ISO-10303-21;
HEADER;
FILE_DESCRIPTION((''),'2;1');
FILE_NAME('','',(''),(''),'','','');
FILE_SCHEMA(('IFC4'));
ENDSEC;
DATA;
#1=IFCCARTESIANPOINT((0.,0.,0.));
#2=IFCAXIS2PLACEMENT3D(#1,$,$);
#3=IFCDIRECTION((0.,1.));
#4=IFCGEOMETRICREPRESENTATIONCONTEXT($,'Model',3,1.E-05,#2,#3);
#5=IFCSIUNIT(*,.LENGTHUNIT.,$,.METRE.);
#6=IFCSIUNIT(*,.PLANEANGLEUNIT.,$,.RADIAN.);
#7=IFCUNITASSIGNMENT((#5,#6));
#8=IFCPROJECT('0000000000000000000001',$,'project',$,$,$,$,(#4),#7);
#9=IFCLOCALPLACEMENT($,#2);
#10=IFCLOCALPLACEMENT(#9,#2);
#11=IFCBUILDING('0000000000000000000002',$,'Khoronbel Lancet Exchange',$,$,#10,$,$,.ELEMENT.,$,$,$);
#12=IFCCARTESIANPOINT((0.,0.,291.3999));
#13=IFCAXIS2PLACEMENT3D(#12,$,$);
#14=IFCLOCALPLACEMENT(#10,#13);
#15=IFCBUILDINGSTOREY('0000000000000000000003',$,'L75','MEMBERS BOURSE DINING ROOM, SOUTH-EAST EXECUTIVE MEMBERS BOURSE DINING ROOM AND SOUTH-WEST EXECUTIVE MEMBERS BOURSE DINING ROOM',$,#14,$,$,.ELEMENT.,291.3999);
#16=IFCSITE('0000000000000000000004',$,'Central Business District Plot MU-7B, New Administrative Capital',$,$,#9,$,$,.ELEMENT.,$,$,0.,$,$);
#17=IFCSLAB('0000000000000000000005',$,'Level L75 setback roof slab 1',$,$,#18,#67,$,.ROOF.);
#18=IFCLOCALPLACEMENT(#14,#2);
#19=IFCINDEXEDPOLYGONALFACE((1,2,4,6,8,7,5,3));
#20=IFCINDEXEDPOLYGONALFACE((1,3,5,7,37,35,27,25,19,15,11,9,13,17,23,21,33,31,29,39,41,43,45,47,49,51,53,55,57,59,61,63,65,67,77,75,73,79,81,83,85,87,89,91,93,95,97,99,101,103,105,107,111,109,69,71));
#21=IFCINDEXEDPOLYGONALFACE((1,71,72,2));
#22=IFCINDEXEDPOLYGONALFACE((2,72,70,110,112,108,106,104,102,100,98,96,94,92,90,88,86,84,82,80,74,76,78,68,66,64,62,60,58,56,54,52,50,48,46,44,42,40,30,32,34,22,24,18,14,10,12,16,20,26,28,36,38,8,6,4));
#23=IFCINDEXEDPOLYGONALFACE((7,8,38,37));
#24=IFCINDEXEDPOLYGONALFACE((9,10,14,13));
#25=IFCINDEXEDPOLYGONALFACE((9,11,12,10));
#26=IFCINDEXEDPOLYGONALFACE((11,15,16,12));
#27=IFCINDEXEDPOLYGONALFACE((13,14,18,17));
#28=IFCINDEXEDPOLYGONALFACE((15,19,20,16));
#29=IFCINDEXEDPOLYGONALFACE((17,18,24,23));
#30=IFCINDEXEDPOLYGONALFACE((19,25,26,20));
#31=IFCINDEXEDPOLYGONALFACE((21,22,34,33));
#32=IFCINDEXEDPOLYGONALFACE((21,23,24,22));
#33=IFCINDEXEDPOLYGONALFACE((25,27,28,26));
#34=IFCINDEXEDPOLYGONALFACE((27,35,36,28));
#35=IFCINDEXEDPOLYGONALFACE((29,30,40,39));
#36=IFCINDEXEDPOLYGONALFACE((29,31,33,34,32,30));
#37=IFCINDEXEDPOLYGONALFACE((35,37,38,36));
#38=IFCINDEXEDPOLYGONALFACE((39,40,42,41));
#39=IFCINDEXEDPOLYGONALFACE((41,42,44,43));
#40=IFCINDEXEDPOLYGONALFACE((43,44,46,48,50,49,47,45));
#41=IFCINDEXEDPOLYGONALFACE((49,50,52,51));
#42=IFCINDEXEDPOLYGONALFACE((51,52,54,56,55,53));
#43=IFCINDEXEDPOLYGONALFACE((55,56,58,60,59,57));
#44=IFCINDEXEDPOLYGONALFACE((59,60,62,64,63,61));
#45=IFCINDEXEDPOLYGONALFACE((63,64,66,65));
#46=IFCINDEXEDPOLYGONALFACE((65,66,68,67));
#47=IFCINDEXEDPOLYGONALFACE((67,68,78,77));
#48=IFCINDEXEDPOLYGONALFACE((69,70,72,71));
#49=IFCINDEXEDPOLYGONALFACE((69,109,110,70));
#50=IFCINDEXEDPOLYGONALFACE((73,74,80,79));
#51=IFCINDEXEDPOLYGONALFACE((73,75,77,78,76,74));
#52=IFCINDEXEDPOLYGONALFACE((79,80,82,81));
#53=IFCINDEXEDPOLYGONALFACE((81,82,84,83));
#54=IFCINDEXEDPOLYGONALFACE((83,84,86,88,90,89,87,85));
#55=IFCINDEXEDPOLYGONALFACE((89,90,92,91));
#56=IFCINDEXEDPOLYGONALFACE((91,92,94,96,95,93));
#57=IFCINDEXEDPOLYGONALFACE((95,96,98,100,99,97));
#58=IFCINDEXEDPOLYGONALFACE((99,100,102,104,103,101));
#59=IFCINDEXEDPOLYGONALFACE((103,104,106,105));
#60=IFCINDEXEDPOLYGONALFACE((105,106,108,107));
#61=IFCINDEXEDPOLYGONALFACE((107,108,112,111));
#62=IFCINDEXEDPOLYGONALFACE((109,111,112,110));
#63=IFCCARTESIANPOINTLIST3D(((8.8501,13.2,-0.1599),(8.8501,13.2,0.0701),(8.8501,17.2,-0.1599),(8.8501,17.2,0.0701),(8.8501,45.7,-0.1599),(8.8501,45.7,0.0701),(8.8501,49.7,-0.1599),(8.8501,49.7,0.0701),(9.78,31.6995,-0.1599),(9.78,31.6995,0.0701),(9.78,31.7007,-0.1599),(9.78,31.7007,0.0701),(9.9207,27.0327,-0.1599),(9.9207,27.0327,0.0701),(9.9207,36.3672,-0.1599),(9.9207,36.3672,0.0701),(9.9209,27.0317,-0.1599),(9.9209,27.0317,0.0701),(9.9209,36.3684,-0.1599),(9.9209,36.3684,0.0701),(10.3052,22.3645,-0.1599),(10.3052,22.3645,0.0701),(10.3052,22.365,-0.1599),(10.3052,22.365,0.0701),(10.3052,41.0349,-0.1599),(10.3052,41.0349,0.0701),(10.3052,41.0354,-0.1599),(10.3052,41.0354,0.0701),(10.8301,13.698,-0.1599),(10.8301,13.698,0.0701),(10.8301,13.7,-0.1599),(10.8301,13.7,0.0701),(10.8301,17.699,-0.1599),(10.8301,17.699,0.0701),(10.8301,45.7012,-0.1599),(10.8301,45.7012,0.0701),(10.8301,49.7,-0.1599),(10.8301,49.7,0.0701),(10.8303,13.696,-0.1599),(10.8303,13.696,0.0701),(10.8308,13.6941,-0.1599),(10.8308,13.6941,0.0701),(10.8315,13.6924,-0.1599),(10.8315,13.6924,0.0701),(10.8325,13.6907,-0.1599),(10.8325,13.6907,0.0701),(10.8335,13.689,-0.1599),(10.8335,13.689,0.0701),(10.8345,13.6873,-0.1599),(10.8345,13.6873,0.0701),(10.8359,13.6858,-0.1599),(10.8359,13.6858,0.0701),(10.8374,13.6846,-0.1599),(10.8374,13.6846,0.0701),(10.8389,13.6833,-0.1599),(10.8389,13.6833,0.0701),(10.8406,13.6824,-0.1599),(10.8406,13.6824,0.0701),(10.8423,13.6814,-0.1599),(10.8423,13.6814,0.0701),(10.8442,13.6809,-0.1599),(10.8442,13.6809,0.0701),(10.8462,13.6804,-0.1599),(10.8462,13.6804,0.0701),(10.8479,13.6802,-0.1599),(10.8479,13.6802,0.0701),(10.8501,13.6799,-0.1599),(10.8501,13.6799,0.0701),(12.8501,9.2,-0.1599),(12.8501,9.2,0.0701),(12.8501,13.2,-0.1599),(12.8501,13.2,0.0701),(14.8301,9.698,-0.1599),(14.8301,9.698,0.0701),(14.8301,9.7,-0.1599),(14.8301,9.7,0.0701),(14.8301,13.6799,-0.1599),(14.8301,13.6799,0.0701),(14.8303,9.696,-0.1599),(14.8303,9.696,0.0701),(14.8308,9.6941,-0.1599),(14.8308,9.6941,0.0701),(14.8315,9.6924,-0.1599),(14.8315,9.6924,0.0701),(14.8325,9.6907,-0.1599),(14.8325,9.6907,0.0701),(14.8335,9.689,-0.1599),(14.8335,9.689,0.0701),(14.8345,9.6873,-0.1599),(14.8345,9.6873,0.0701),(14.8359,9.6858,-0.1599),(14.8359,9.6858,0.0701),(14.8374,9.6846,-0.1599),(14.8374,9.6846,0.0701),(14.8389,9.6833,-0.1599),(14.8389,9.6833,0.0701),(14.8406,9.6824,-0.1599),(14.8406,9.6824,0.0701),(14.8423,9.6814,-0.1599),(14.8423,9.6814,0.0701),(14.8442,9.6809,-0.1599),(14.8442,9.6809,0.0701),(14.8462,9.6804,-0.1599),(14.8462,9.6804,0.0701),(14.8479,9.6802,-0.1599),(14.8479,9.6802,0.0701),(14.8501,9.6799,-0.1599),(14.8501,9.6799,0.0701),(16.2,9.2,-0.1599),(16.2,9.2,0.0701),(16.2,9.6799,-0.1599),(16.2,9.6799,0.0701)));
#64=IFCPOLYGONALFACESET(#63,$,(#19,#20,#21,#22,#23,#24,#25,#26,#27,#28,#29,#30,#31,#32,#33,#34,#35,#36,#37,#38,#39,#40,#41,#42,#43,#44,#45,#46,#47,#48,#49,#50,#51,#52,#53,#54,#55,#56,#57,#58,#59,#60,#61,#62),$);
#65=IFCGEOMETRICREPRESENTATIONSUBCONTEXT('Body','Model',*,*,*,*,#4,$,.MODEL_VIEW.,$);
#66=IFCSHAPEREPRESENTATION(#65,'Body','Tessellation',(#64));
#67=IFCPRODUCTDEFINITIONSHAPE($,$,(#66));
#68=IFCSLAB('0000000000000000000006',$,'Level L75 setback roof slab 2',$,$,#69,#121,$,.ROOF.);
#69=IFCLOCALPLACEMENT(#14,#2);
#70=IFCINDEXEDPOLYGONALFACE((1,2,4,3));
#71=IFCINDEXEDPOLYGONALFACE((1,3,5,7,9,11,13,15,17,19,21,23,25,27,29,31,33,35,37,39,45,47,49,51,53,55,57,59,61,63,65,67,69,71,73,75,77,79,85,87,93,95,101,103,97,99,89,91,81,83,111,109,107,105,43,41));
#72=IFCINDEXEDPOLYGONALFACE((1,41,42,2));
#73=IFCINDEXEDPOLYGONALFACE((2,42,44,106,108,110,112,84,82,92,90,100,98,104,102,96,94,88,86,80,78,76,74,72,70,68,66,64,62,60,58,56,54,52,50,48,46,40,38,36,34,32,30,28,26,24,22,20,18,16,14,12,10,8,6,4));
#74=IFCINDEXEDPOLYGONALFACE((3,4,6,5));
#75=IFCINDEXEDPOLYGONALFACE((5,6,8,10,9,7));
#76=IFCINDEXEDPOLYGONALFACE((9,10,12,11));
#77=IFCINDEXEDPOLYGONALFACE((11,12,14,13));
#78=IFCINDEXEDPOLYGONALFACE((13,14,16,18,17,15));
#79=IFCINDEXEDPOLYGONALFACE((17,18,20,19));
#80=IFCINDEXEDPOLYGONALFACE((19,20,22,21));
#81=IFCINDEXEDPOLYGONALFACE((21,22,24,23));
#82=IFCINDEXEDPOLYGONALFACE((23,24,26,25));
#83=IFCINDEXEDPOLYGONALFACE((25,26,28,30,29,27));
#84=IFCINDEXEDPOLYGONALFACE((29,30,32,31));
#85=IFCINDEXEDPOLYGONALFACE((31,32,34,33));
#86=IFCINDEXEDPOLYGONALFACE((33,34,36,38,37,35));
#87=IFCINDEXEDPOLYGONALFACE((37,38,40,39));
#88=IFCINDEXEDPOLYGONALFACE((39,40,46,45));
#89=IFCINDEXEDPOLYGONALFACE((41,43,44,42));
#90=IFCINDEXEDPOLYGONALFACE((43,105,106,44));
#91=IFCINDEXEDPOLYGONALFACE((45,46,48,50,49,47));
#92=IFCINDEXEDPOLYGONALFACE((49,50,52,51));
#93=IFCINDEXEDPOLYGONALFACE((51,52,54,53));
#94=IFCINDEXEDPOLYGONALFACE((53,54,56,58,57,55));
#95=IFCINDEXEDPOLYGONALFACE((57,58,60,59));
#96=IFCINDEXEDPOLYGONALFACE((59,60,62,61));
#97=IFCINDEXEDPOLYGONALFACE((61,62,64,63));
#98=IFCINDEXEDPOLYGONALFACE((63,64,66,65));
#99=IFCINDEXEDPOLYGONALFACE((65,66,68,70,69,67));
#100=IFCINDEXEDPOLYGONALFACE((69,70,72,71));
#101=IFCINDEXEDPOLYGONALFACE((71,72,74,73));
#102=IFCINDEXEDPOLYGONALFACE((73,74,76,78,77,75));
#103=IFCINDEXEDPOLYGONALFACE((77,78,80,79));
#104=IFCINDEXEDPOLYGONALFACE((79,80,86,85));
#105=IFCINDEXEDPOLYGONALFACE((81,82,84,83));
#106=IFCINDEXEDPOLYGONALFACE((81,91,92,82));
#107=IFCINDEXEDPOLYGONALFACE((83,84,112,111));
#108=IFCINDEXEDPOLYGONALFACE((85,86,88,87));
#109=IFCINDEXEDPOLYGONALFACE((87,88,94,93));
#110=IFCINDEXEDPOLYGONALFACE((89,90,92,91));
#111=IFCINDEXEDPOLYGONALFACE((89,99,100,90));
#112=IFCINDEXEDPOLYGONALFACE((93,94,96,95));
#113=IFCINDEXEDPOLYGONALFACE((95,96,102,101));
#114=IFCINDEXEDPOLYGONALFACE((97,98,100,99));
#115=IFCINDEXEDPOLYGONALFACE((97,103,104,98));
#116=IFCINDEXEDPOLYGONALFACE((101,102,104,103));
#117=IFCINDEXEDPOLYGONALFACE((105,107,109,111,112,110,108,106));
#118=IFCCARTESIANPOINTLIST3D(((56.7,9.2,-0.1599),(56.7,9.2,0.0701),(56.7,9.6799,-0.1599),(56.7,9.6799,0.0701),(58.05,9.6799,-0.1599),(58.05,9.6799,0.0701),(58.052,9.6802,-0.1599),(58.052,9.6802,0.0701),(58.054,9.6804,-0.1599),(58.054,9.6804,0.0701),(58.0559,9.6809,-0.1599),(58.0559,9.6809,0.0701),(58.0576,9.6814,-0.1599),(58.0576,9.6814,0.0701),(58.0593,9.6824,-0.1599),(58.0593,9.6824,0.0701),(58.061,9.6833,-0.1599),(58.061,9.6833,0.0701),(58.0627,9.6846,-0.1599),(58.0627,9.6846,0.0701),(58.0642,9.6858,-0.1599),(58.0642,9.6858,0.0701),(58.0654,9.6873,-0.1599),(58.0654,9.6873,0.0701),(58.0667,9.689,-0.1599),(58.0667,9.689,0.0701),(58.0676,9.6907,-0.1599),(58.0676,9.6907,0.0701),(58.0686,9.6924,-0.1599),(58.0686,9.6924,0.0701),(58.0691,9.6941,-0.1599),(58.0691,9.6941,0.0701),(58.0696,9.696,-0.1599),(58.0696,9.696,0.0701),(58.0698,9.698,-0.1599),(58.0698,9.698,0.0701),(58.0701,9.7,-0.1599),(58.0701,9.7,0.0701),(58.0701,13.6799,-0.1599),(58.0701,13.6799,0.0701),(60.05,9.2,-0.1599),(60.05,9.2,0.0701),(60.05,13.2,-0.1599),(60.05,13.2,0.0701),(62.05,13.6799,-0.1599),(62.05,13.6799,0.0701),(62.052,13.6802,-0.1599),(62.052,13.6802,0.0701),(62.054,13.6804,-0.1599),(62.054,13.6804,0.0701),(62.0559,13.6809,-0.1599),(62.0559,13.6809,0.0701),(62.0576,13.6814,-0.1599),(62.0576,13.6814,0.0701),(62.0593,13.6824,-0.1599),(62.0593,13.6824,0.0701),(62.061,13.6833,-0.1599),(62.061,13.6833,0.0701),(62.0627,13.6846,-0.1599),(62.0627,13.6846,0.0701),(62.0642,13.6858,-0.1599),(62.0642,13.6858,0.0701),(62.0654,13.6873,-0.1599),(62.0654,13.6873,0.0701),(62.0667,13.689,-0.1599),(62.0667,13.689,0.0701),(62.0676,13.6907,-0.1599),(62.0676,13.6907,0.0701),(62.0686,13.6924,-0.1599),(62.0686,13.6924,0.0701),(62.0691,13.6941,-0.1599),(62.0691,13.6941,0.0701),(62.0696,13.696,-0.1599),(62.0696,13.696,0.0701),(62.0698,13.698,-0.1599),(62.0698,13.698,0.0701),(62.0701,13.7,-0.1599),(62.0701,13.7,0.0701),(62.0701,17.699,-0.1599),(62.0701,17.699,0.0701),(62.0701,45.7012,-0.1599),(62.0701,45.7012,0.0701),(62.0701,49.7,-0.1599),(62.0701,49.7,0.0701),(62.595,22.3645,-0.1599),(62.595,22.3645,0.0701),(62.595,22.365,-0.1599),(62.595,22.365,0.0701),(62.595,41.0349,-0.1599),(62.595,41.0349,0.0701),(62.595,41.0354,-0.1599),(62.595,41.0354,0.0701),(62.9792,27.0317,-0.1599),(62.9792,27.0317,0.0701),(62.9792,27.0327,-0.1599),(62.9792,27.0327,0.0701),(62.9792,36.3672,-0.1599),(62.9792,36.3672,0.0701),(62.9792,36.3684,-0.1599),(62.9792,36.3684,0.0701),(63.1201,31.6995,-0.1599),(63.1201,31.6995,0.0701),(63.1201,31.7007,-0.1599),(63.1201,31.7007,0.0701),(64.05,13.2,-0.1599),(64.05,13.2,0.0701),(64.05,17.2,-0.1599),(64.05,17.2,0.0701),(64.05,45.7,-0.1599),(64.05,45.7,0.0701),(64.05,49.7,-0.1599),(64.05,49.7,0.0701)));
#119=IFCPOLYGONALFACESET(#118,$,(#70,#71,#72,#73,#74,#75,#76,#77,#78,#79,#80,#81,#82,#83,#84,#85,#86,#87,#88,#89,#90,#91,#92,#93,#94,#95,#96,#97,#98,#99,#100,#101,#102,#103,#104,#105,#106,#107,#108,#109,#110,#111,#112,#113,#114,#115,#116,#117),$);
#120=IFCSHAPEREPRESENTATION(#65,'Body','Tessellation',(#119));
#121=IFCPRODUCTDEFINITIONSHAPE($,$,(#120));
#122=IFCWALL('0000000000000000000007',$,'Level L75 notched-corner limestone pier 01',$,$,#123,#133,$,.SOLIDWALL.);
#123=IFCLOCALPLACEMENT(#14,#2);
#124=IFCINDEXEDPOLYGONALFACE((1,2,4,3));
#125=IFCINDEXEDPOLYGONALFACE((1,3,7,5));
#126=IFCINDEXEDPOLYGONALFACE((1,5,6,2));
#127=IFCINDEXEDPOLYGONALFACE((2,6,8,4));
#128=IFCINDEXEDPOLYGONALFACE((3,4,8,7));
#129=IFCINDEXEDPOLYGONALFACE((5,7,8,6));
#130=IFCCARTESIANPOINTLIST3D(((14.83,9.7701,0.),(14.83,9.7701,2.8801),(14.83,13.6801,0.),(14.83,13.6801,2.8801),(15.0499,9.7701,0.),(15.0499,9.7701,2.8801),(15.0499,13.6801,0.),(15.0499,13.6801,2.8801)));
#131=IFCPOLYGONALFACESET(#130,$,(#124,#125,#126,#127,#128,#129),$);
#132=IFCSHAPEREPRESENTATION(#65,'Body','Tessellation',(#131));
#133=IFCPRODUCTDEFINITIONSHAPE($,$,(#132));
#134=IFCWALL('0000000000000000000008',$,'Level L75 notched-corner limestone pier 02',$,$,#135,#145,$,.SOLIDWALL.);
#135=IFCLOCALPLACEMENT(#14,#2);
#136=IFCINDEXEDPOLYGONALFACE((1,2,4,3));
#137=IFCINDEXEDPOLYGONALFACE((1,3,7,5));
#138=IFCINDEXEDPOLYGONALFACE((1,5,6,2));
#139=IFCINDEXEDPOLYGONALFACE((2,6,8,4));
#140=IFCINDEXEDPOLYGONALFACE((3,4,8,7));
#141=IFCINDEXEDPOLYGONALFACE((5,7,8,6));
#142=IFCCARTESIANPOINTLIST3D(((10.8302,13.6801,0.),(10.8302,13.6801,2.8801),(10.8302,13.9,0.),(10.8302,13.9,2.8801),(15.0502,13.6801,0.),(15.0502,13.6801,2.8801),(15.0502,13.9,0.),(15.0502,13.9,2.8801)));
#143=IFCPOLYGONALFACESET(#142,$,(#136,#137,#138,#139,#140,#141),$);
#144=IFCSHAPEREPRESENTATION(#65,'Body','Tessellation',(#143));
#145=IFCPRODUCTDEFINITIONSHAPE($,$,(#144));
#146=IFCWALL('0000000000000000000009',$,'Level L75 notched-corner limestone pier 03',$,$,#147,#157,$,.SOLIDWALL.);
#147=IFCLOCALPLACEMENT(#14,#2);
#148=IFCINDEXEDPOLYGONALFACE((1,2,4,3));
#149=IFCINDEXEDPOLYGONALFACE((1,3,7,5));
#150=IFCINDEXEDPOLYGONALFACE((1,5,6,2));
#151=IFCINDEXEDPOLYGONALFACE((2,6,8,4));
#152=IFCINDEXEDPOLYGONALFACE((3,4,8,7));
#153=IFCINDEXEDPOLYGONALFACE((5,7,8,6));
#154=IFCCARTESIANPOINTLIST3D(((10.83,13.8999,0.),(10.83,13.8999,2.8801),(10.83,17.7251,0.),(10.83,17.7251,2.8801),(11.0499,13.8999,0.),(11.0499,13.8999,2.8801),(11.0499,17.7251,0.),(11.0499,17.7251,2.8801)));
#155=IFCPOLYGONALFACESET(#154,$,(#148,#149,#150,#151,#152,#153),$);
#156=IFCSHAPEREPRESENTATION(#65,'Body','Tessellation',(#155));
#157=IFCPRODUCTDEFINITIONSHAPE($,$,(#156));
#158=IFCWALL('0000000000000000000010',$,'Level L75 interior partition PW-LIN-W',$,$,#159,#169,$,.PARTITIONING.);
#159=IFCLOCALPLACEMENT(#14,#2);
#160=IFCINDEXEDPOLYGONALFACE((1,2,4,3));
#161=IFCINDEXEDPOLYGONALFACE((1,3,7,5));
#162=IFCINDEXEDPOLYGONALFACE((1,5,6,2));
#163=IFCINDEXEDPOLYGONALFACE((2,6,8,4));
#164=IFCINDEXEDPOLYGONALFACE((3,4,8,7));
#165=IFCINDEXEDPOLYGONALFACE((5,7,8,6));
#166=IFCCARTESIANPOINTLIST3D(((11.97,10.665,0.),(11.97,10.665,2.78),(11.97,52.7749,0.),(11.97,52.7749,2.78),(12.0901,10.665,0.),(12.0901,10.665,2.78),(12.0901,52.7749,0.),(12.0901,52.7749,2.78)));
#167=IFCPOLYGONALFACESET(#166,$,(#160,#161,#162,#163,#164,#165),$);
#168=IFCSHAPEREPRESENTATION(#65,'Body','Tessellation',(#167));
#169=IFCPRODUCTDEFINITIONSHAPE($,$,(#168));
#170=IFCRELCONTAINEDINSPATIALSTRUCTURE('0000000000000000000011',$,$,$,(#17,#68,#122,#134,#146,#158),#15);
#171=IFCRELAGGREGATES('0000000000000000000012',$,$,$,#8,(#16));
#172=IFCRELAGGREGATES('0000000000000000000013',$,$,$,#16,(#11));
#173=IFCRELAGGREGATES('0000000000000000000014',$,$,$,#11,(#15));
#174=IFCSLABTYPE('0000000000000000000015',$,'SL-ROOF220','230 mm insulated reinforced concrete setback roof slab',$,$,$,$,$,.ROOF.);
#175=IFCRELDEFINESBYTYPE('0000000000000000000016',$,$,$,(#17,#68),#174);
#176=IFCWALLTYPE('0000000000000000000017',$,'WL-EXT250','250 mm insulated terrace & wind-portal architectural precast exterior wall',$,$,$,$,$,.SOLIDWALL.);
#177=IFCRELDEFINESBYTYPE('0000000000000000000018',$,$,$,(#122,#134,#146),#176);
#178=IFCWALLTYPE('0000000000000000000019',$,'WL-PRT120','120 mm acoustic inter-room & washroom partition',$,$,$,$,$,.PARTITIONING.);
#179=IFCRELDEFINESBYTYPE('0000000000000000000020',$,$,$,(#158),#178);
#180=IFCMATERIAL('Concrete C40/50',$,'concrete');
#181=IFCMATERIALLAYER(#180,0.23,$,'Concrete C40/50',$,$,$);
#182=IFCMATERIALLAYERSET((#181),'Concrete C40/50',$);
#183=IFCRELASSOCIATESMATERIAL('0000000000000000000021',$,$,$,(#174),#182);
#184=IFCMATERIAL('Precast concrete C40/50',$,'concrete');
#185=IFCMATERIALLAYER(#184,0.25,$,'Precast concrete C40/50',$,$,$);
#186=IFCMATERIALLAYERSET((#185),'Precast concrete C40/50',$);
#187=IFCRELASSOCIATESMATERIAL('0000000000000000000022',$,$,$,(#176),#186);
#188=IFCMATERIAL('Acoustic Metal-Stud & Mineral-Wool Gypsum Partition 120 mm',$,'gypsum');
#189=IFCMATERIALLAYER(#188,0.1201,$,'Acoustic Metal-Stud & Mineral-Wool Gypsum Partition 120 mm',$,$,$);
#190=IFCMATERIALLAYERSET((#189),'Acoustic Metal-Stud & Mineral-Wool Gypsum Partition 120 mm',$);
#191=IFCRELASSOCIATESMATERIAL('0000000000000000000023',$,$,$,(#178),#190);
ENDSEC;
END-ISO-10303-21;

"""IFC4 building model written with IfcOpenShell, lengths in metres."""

from ifc_helpers import new_model, si_unit, direction, frame, frame_2d, origin, place, context, subcontext, project, spatial, polyline, rectangle, outline, extrude, material, layer, layer_set, type_object, element, save


model = new_model("IFC4")

# Units and contexts
model_context = context("Model", 3, precision=1e-05, world=origin(), true_north=direction((0.0, 1.0)))
body_context = subcontext(model_context, "Body", "Model", "MODEL_VIEW")
ifc_project = project(units=[si_unit("LENGTHUNIT", "METRE"), si_unit("PLANEANGLEUNIT", "RADIAN")], contexts=[model_context])

# Site, building, storey
site_placement = place(None, origin())
site = spatial("IfcSite", under=ifc_project, at=site_placement, Name="Central Business District Plot MU-7B, New Administrative Capital", CompositionType="ELEMENT", RefElevation=0.0)
building_placement = place(site_placement, origin())
building = spatial("IfcBuilding", under=site, at=building_placement, Name="Khoronbel Lancet Exchange", CompositionType="ELEMENT")
storey_placement = place(building_placement, frame((0.0, 0.0, 291.3999)))
storey = spatial("IfcBuildingStorey", under=building, at=storey_placement, Name="L75", Description="MEMBERS BOURSE DINING ROOM, SOUTH-EAST EXECUTIVE MEMBERS BOURSE DINING ROOM AND SOUTH-WEST EXECUTIVE MEMBERS BOURSE DINING ROOM", CompositionType="ELEMENT", Elevation=291.3999)

# Shared definitions
ifc_material_1 = material(Name="Concrete C40/50", Category="concrete")

# Slabs
ifc_layer_1 = layer(ifc_material_1, 0.23, Name="Concrete C40/50")
ifc_layer_set_1 = layer_set([ifc_layer_1], Name="Concrete C40/50")
slab_type_1 = type_object("IfcSlabType", Name="SL-ROOF220", Description="230 mm insulated reinforced concrete setback roof slab", PredefinedType="ROOF", material=ifc_layer_set_1)
slab_1_placement = place(storey_placement, frame((0.0, 0.0, -0.1599)))
element("IfcSlab", 1, at=slab_1_placement, inside=storey, type_object=slab_type_1, Name="Level L75 setback roof slab 1", PredefinedType="ROOF", context=body_context, shape_type="SweptSolid", body=[
    extrude(outline(polyline([(12.8501, 9.2), (12.8501, 13.2), (8.8501, 13.2), (8.8501, 17.2), (8.8501, 45.7), (8.8501, 49.7), (10.8301, 49.7), (10.8301, 45.7012), (10.3052, 41.0354), (10.3052, 41.0349), (9.9209, 36.3684), (9.9207, 36.3672), (9.78, 31.7007), (9.78, 31.6995), (9.9207, 27.0327), (9.9209, 27.0317), (10.3052, 22.365), (10.3052, 22.3645), (10.8301, 17.699), (10.8301, 13.7), (10.8301, 13.698), (10.8303, 13.696), (10.8308, 13.6941), (10.8315, 13.6924), (10.8325, 13.6907), (10.8335, 13.689), (10.8345, 13.6873), (10.8359, 13.6858), (10.8374, 13.6846), (10.8389, 13.6833), (10.8406, 13.6824), (10.8423, 13.6814), (10.8442, 13.6809), (10.8462, 13.6804), (10.8479, 13.6802), (10.8501, 13.6799), (14.8301, 13.6799), (14.8301, 9.7), (14.8301, 9.698), (14.8303, 9.696), (14.8308, 9.6941), (14.8315, 9.6924), (14.8325, 9.6907), (14.8335, 9.689), (14.8345, 9.6873), (14.8359, 9.6858), (14.8374, 9.6846), (14.8389, 9.6833), (14.8406, 9.6824), (14.8423, 9.6814), (14.8442, 9.6809), (14.8462, 9.6804), (14.8479, 9.6802), (14.8501, 9.6799), (16.2, 9.6799), (16.2, 9.2), (12.8501, 9.2)])), origin(), (0.0, 0.0, 1.0), 0.23),
])
slab_2_placement = place(storey_placement, frame((0.0, 0.0, -0.1599)))
element("IfcSlab", 2, at=slab_2_placement, inside=storey, type_object=slab_type_1, Name="Level L75 setback roof slab 2", PredefinedType="ROOF", context=body_context, shape_type="SweptSolid", body=[
    extrude(outline(polyline([(64.05, 45.7), (64.05, 17.2), (64.05, 13.2), (60.05, 13.2), (60.05, 9.2), (56.7, 9.2), (56.7, 9.6799), (58.05, 9.6799), (58.052, 9.6802), (58.054, 9.6804), (58.0559, 9.6809), (58.0576, 9.6814), (58.0593, 9.6824), (58.061, 9.6833), (58.0627, 9.6846), (58.0642, 9.6858), (58.0654, 9.6873), (58.0667, 9.689), (58.0676, 9.6907), (58.0686, 9.6924), (58.0691, 9.6941), (58.0696, 9.696), (58.0698, 9.698), (58.0701, 9.7), (58.0701, 13.6799), (62.05, 13.6799), (62.052, 13.6802), (62.054, 13.6804), (62.0559, 13.6809), (62.0576, 13.6814), (62.0593, 13.6824), (62.061, 13.6833), (62.0627, 13.6846), (62.0642, 13.6858), (62.0654, 13.6873), (62.0667, 13.689), (62.0676, 13.6907), (62.0686, 13.6924), (62.0691, 13.6941), (62.0696, 13.696), (62.0698, 13.698), (62.0701, 13.7), (62.0701, 17.699), (62.595, 22.3645), (62.595, 22.365), (62.9792, 27.0317), (62.9792, 27.0327), (63.1201, 31.6995), (63.1201, 31.7007), (62.9792, 36.3672), (62.9792, 36.3684), (62.595, 41.0349), (62.595, 41.0354), (62.0701, 45.7012), (62.0701, 49.7), (64.05, 49.7), (64.05, 45.7)])), origin(), (0.0, 0.0, 1.0), 0.23),
])

# Walls
ifc_material_2 = material(Name="Precast concrete C40/50", Category="concrete")
ifc_layer_2 = layer(ifc_material_2, 0.25, Name="Precast concrete C40/50")
ifc_layer_set_2 = layer_set([ifc_layer_2], Name="Precast concrete C40/50")
wall_type_1 = type_object("IfcWallType", Name="WL-EXT250", Description="250 mm insulated terrace & wind-portal architectural precast exterior wall", PredefinedType="SOLIDWALL", material=ifc_layer_set_2)
wall_1_placement = place(storey_placement, frame((14.9399, 9.77, 0.0), z_axis=(0.0, 0.0, 1.0), x_axis=(0.0, 1.0, 0.0)))
element("IfcWall", 3, at=wall_1_placement, inside=storey, type_object=wall_type_1, Name="Level L75 notched-corner limestone pier 01", PredefinedType="SOLIDWALL", context=body_context, shape_type="SweptSolid", body=[
    extrude(rectangle(XDim=3.9099, YDim=0.22, at=frame_2d((1.9551, 0.0))), origin(), (0.0, 0.0, 1.0), 2.8801),
])
wall_2_placement = place(storey_placement, frame((15.05, 13.79, 0.0), z_axis=(0.0, 0.0, 1.0), x_axis=(-1.0, 0.0, 0.0)))
element("IfcWall", 4, at=wall_2_placement, inside=storey, type_object=wall_type_1, Name="Level L75 notched-corner limestone pier 02", PredefinedType="SOLIDWALL", context=body_context, shape_type="SweptSolid", body=[
    extrude(rectangle(XDim=4.22, YDim=0.22, at=frame_2d((2.1099, 0.0))), origin(), (0.0, 0.0, 1.0), 2.8801),
])
wall_3_placement = place(storey_placement, frame((10.9399, 13.8999, 0.0), z_axis=(0.0, 0.0, 1.0), x_axis=(0.0, 1.0, 0.0)))
element("IfcWall", 5, at=wall_3_placement, inside=storey, type_object=wall_type_1, Name="Level L75 notched-corner limestone pier 03", PredefinedType="SOLIDWALL", context=body_context, shape_type="SweptSolid", body=[
    extrude(rectangle(XDim=3.8252, YDim=0.22, at=frame_2d((1.9126, 0.0))), origin(), (0.0, 0.0, 1.0), 2.8801),
])
ifc_material_3 = material(Name="Acoustic Metal-Stud & Mineral-Wool Gypsum Partition 120 mm", Category="gypsum")
ifc_layer_3 = layer(ifc_material_3, 0.1201, Name="Acoustic Metal-Stud & Mineral-Wool Gypsum Partition 120 mm")
ifc_layer_set_3 = layer_set([ifc_layer_3], Name="Acoustic Metal-Stud & Mineral-Wool Gypsum Partition 120 mm")
wall_type_2 = type_object("IfcWallType", Name="WL-PRT120", Description="120 mm acoustic inter-room & washroom partition", PredefinedType="PARTITIONING", material=ifc_layer_set_3)
wall_4_placement = place(storey_placement, frame((12.03, 10.665, 0.0), z_axis=(0.0, 0.0, 1.0), x_axis=(0.0, 1.0, 0.0)))
element("IfcWall", 6, at=wall_4_placement, inside=storey, type_object=wall_type_2, Name="Level L75 interior partition PW-LIN-W", PredefinedType="PARTITIONING", context=body_context, shape_type="SweptSolid", body=[
    extrude(rectangle(XDim=42.1099, YDim=0.1201, at=frame_2d((21.0549, 0.0))), origin(), (0.0, 0.0, 1.0), 2.78),
])

save(model, "model.ifc")
